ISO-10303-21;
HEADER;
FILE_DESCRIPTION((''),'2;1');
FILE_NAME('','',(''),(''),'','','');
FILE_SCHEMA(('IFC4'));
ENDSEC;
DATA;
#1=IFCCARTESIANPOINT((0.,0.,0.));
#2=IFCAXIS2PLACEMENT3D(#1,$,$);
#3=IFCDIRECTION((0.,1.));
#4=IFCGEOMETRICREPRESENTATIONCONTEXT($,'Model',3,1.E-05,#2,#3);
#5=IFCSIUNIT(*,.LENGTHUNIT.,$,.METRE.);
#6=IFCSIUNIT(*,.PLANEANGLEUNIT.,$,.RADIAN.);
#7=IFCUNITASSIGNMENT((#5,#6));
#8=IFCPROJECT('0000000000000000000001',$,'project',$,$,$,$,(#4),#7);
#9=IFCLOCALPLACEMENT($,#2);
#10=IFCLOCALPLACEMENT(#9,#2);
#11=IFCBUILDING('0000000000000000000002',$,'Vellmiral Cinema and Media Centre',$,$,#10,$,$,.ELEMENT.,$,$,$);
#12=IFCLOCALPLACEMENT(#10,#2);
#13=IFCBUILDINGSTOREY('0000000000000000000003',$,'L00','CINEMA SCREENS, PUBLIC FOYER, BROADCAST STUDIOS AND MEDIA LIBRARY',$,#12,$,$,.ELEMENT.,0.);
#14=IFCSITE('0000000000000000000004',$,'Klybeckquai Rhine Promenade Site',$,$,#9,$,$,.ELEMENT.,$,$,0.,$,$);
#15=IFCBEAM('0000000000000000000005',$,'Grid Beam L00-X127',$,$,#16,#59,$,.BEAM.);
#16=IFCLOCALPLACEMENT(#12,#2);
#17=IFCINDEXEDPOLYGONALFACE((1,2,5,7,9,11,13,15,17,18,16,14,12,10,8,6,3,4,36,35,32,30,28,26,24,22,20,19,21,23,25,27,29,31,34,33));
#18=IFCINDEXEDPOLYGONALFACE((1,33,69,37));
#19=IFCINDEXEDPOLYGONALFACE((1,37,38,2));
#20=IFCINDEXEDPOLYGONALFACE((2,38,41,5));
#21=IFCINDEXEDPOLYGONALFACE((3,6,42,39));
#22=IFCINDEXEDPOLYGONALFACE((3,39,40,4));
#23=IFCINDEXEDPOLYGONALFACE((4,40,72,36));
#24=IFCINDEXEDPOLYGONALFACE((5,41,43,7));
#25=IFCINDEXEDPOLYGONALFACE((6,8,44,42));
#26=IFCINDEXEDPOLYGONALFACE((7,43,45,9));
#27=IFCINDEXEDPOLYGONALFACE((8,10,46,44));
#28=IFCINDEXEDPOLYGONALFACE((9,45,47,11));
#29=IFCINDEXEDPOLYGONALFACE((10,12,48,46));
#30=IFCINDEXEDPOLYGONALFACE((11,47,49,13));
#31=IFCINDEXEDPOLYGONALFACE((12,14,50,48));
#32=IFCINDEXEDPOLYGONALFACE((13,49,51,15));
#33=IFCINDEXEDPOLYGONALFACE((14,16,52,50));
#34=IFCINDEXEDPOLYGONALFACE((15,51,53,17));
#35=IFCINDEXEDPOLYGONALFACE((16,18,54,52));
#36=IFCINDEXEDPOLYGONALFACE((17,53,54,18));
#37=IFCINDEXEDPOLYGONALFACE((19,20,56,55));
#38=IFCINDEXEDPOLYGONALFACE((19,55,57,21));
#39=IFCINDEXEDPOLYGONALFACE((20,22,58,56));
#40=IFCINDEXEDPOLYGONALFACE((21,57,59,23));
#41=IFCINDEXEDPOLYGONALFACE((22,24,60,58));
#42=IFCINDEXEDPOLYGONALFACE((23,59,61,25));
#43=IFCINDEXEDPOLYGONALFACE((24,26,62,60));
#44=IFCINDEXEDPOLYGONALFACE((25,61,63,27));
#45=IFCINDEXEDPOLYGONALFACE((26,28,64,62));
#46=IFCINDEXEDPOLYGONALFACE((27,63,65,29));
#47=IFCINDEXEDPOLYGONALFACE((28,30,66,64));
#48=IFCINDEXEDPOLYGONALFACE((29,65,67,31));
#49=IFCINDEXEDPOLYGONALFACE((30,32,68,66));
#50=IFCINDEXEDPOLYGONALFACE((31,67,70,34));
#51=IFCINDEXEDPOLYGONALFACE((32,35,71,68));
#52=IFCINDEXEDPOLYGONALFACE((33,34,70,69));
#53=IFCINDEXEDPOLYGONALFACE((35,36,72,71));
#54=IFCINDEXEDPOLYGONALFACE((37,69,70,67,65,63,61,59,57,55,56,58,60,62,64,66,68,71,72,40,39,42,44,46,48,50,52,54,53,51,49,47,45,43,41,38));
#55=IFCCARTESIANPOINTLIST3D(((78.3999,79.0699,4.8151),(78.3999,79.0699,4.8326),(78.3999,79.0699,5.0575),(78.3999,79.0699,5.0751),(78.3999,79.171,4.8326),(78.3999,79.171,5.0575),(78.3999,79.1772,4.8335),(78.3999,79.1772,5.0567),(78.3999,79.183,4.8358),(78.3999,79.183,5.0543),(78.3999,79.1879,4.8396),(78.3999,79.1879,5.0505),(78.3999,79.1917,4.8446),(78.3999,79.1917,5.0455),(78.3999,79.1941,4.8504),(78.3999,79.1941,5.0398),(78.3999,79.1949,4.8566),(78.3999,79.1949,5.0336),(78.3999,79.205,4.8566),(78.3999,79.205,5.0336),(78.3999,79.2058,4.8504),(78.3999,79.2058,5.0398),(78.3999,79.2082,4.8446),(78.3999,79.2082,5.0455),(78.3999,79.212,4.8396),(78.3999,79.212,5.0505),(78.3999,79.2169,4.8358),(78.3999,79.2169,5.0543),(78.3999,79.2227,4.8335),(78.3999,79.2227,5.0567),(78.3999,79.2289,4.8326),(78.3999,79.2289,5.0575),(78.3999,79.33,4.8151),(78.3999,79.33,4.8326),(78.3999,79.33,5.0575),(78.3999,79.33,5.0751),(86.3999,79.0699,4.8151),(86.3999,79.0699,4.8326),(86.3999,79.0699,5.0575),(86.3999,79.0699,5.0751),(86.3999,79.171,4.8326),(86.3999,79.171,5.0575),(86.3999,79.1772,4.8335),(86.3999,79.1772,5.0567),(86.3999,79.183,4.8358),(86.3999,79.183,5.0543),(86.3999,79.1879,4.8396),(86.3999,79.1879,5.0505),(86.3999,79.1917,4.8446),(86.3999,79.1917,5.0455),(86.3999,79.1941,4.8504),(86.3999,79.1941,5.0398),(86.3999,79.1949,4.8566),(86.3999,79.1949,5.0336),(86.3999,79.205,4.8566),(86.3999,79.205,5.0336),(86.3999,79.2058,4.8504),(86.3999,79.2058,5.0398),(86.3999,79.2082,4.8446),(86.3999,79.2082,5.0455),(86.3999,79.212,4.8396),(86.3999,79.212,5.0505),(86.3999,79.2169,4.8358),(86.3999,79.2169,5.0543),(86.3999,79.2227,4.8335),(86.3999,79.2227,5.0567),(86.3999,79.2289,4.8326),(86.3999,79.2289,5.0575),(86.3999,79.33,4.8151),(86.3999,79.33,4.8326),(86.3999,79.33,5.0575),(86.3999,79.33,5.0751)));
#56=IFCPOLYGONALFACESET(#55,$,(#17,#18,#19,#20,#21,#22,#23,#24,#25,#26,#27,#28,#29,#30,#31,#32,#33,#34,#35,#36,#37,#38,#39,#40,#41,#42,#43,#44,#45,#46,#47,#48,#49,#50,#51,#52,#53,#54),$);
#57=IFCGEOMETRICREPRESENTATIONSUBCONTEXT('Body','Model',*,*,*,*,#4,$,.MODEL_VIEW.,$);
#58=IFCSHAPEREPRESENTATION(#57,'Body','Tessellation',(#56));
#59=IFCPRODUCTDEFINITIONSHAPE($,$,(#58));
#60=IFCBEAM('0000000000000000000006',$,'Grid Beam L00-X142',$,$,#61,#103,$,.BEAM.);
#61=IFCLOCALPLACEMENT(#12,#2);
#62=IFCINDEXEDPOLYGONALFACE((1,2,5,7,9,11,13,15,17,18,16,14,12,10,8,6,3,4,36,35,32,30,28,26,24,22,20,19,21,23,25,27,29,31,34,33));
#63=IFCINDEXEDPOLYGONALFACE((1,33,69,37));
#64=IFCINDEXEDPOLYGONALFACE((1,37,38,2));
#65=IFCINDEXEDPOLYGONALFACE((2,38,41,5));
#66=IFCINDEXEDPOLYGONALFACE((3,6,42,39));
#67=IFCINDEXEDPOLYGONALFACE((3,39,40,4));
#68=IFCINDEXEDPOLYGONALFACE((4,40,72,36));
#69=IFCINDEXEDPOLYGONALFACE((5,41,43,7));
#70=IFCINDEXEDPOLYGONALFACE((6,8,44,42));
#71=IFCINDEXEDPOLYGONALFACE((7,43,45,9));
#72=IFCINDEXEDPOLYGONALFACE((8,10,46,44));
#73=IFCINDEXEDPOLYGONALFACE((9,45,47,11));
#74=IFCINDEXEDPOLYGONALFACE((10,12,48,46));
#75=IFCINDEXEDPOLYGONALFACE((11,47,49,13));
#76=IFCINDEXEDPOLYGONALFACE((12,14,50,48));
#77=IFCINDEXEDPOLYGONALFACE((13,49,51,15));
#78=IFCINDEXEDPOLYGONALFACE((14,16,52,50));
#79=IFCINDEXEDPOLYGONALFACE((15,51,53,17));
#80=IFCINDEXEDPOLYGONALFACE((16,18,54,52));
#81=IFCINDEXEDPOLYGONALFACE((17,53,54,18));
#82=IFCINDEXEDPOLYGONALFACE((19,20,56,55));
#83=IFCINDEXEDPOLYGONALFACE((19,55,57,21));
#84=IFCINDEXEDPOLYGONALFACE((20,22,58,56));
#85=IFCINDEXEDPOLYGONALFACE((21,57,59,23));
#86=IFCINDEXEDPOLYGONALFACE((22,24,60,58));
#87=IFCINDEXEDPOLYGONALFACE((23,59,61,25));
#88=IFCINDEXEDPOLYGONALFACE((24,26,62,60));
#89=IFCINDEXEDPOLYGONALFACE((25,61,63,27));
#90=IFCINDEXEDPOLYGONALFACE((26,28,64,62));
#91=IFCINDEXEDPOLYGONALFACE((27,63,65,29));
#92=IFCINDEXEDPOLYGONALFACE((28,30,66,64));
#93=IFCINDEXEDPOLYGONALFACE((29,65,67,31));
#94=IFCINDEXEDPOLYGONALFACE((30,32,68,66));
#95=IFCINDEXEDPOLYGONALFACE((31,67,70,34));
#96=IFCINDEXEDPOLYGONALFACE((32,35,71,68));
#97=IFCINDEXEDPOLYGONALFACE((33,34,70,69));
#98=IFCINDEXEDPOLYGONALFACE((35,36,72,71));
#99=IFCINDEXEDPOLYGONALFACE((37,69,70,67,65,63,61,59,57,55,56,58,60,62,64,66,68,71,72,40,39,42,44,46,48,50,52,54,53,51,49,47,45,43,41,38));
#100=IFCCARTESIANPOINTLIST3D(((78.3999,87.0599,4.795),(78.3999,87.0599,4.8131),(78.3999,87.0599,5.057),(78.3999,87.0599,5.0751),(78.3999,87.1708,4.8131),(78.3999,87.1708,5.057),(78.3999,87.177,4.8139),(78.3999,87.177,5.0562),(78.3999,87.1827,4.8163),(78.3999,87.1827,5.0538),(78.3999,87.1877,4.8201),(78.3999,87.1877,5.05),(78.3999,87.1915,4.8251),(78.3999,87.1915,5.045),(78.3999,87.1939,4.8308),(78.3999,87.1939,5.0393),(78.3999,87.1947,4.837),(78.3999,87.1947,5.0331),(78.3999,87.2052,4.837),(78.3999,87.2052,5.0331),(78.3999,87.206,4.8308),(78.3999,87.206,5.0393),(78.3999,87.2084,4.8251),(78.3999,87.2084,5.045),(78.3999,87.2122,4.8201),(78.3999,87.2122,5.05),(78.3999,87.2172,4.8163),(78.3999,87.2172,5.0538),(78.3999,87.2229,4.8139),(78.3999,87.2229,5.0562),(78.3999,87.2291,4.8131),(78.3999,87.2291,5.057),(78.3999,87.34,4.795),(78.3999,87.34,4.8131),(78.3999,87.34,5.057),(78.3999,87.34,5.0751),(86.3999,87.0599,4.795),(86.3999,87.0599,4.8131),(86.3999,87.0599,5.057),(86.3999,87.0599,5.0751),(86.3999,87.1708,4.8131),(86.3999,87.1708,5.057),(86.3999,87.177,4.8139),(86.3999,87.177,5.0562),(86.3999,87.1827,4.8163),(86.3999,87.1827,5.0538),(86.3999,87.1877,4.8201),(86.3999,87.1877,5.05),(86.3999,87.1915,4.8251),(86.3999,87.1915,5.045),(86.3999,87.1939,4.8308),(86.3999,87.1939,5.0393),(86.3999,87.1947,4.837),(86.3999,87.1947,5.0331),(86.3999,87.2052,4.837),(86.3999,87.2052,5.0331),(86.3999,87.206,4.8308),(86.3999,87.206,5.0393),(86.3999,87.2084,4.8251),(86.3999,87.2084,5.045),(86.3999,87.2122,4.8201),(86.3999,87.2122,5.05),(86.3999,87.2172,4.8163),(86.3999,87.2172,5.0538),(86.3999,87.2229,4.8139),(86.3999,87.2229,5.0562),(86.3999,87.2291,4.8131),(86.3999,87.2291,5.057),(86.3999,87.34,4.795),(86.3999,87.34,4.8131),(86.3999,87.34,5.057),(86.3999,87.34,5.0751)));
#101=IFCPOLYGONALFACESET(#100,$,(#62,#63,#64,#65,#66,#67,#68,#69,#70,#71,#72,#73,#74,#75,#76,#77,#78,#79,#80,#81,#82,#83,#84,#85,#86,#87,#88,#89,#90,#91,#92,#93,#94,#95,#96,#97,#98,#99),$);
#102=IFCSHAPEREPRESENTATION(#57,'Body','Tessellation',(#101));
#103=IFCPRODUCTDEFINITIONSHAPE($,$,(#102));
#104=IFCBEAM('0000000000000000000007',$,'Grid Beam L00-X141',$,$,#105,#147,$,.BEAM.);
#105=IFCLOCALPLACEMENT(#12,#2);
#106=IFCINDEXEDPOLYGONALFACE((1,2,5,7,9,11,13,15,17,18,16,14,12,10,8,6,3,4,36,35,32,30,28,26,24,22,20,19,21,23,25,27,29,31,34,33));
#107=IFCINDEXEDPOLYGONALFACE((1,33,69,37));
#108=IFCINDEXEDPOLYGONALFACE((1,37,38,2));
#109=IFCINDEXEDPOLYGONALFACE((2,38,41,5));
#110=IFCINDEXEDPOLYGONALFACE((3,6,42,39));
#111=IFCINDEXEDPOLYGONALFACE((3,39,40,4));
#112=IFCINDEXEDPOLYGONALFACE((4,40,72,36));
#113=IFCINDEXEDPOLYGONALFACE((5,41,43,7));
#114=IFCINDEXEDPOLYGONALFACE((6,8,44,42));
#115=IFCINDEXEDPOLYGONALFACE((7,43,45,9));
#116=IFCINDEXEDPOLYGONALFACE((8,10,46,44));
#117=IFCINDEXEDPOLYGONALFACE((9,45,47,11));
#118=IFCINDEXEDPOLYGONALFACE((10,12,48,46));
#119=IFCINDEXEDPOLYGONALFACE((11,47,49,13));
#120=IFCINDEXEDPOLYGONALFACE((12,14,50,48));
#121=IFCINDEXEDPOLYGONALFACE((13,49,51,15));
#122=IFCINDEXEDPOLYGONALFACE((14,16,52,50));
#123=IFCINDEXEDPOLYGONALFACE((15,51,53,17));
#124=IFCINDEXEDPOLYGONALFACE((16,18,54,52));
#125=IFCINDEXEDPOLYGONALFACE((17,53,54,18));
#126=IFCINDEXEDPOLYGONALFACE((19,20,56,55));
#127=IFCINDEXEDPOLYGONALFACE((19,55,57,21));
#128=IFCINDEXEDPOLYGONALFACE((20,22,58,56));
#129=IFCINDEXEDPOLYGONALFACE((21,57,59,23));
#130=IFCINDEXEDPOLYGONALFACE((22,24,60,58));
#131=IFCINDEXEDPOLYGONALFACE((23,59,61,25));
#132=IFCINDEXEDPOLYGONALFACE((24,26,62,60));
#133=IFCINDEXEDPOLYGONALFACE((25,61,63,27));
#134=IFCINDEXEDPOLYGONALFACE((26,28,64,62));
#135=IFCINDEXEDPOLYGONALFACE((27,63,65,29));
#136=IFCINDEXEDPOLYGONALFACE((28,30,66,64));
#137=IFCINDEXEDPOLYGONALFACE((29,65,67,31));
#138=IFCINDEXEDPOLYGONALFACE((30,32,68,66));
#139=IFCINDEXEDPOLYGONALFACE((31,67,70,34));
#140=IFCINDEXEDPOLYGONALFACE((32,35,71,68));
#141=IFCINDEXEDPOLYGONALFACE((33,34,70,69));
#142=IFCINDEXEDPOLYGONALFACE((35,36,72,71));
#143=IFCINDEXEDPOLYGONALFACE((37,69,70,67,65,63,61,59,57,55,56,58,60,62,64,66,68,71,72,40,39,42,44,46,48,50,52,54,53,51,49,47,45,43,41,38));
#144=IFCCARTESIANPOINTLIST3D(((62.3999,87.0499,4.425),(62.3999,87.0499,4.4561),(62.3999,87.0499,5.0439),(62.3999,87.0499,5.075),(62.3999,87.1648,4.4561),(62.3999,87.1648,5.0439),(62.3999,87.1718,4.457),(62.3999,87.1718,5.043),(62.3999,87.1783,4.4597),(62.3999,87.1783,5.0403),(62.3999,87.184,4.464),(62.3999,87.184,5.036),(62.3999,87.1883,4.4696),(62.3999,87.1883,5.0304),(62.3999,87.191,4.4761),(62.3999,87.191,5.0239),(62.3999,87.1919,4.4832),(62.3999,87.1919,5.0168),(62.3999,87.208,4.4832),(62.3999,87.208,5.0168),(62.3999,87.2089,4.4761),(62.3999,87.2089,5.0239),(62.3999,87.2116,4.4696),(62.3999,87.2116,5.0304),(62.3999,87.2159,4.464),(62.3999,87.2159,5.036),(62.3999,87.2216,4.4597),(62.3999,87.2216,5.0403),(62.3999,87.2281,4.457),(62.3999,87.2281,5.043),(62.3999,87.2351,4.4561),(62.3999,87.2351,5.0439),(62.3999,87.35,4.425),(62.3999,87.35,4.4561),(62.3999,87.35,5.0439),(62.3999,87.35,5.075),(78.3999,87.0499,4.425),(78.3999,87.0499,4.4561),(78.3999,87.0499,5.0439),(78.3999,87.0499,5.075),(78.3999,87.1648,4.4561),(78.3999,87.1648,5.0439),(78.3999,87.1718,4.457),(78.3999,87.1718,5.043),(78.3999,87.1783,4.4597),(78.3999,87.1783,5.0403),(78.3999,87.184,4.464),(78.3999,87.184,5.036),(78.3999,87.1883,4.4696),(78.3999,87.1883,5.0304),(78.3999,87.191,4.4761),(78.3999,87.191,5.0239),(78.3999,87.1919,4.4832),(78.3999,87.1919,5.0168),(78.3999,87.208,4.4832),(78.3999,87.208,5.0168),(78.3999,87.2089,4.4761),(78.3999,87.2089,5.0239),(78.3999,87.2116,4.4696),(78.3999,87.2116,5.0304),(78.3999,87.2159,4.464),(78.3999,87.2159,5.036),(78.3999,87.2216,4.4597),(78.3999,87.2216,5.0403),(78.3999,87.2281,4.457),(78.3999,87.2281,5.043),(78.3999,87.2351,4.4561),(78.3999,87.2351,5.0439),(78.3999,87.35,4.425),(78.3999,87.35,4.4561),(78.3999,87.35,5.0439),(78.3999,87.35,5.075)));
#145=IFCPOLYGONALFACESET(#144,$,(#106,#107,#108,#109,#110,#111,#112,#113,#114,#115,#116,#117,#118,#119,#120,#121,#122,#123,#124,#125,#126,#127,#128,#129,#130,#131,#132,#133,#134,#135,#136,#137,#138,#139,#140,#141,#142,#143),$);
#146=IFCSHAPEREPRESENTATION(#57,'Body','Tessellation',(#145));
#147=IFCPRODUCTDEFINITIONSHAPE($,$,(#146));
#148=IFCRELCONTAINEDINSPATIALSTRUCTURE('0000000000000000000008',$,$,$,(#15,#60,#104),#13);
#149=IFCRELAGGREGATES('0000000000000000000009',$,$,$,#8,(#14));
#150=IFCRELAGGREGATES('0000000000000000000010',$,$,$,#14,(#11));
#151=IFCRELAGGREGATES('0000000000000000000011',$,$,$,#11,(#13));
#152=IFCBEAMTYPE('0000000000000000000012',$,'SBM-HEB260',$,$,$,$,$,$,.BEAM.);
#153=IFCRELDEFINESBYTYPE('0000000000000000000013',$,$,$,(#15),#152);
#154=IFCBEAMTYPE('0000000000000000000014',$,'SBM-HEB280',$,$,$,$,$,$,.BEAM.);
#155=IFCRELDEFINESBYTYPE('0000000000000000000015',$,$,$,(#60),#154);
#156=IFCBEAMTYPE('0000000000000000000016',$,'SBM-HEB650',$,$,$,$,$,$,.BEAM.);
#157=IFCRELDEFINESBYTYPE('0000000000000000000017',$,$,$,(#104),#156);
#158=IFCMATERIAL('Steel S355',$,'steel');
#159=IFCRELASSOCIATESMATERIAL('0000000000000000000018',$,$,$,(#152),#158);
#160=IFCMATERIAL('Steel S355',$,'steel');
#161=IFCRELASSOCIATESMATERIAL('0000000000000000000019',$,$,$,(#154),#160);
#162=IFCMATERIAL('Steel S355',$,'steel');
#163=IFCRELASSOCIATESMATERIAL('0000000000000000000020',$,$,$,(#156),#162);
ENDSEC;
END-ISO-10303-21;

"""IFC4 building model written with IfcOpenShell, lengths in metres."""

from ifc_helpers import new_model, si_unit, direction, frame, origin, origin_2d, place, context, subcontext, project, spatial, i_section, extrude, material, material_profile, profile_set, type_object, element, save


model = new_model("IFC4")

# Units and contexts
model_context = context("Model", 3, precision=1e-05, world=origin(), true_north=direction((0.0, 1.0)))
body_context = subcontext(model_context, "Body", "Model", "MODEL_VIEW")
ifc_project = project(units=[si_unit("LENGTHUNIT", "METRE"), si_unit("PLANEANGLEUNIT", "RADIAN")], contexts=[model_context])

# Site, building, storey
site_placement = place(None, origin())
site = spatial("IfcSite", under=ifc_project, at=site_placement, Name="Klybeckquai Rhine Promenade Site", CompositionType="ELEMENT", RefElevation=0.0)
building_placement = place(site_placement, origin())
building = spatial("IfcBuilding", under=site, at=building_placement, Name="Vellmiral Cinema and Media Centre", CompositionType="ELEMENT")
storey_placement = place(building_placement, origin())
storey = spatial("IfcBuildingStorey", under=building, at=storey_placement, Name="L00", Description="CINEMA SCREENS, PUBLIC FOYER, BROADCAST STUDIOS AND MEDIA LIBRARY", CompositionType="ELEMENT", Elevation=0.0)

# Beams
ifc_material_1 = material(Name="Steel S355", Category="steel")
ifc_material_profile_1 = material_profile(ifc_material_1, i_section(OverallWidth=0.26, OverallDepth=0.26, WebThickness=0.01, FlangeThickness=0.0176, FilletRadius=0.0239, at=origin_2d()), Name="HEB 260")
ifc_profile_set_1 = profile_set([ifc_material_profile_1], Name="Steel S355")
beam_type_1 = type_object("IfcBeamType", Name="SBM-HEB260", PredefinedType="BEAM", material=ifc_profile_set_1)
beam_1_placement = place(storey_placement, frame((78.3999, 79.2, 4.9451), z_axis=(1.0, 0.0, 0.0), x_axis=(0.0, 1.0, 0.0)))
element("IfcBeam", 1, at=beam_1_placement, inside=storey, type_object=beam_type_1, Name="Grid Beam L00-X127", PredefinedType="BEAM", context=body_context, shape_type="SweptSolid", body=[
    extrude(i_section(OverallWidth=0.26, OverallDepth=0.26, WebThickness=0.01, FlangeThickness=0.0176, FilletRadius=0.0239, at=origin_2d()), origin(), (0.0, 0.0, 1.0), 8.0),
])
ifc_material_2 = material(Name="Steel S355", Category="steel")
ifc_material_profile_2 = material_profile(ifc_material_2, i_section(OverallWidth=0.28, OverallDepth=0.28, WebThickness=0.0105, FlangeThickness=0.0181, FilletRadius=0.0239, at=origin_2d()), Name="HEB 280")
ifc_profile_set_2 = profile_set([ifc_material_profile_2], Name="Steel S355")
beam_type_2 = type_object("IfcBeamType", Name="SBM-HEB280", PredefinedType="BEAM", material=ifc_profile_set_2)
beam_2_placement = place(storey_placement, frame((78.3999, 87.2, 4.9351), z_axis=(1.0, 0.0, 0.0), x_axis=(0.0, 1.0, 0.0)))
element("IfcBeam", 2, at=beam_2_placement, inside=storey, type_object=beam_type_2, Name="Grid Beam L00-X142", PredefinedType="BEAM", context=body_context, shape_type="SweptSolid", body=[
    extrude(i_section(OverallWidth=0.28, OverallDepth=0.28, WebThickness=0.0105, FlangeThickness=0.0181, FilletRadius=0.0239, at=origin_2d()), origin(), (0.0, 0.0, 1.0), 8.0),
])
ifc_material_3 = material(Name="Steel S355", Category="steel")
ifc_material_profile_3 = material_profile(ifc_material_3, i_section(OverallWidth=0.3, OverallDepth=0.6499, WebThickness=0.0161, FlangeThickness=0.031, FilletRadius=0.0271, at=origin_2d()), Name="HEB 650")
ifc_profile_set_3 = profile_set([ifc_material_profile_3], Name="Steel S355")
beam_type_3 = type_object("IfcBeamType", Name="SBM-HEB650", PredefinedType="BEAM", material=ifc_profile_set_3)
beam_3_placement = place(storey_placement, frame((62.3999, 87.2, 4.75), z_axis=(1.0, 0.0, 0.0), x_axis=(0.0, 1.0, 0.0)))
element("IfcBeam", 3, at=beam_3_placement, inside=storey, type_object=beam_type_3, Name="Grid Beam L00-X141", PredefinedType="BEAM", context=body_context, shape_type="SweptSolid", body=[
    extrude(i_section(OverallWidth=0.3, OverallDepth=0.6499, WebThickness=0.0161, FlangeThickness=0.031, FilletRadius=0.0271, at=origin_2d()), origin(), (0.0, 0.0, 1.0), 16.0),
])

save(model, "model.ifc")
